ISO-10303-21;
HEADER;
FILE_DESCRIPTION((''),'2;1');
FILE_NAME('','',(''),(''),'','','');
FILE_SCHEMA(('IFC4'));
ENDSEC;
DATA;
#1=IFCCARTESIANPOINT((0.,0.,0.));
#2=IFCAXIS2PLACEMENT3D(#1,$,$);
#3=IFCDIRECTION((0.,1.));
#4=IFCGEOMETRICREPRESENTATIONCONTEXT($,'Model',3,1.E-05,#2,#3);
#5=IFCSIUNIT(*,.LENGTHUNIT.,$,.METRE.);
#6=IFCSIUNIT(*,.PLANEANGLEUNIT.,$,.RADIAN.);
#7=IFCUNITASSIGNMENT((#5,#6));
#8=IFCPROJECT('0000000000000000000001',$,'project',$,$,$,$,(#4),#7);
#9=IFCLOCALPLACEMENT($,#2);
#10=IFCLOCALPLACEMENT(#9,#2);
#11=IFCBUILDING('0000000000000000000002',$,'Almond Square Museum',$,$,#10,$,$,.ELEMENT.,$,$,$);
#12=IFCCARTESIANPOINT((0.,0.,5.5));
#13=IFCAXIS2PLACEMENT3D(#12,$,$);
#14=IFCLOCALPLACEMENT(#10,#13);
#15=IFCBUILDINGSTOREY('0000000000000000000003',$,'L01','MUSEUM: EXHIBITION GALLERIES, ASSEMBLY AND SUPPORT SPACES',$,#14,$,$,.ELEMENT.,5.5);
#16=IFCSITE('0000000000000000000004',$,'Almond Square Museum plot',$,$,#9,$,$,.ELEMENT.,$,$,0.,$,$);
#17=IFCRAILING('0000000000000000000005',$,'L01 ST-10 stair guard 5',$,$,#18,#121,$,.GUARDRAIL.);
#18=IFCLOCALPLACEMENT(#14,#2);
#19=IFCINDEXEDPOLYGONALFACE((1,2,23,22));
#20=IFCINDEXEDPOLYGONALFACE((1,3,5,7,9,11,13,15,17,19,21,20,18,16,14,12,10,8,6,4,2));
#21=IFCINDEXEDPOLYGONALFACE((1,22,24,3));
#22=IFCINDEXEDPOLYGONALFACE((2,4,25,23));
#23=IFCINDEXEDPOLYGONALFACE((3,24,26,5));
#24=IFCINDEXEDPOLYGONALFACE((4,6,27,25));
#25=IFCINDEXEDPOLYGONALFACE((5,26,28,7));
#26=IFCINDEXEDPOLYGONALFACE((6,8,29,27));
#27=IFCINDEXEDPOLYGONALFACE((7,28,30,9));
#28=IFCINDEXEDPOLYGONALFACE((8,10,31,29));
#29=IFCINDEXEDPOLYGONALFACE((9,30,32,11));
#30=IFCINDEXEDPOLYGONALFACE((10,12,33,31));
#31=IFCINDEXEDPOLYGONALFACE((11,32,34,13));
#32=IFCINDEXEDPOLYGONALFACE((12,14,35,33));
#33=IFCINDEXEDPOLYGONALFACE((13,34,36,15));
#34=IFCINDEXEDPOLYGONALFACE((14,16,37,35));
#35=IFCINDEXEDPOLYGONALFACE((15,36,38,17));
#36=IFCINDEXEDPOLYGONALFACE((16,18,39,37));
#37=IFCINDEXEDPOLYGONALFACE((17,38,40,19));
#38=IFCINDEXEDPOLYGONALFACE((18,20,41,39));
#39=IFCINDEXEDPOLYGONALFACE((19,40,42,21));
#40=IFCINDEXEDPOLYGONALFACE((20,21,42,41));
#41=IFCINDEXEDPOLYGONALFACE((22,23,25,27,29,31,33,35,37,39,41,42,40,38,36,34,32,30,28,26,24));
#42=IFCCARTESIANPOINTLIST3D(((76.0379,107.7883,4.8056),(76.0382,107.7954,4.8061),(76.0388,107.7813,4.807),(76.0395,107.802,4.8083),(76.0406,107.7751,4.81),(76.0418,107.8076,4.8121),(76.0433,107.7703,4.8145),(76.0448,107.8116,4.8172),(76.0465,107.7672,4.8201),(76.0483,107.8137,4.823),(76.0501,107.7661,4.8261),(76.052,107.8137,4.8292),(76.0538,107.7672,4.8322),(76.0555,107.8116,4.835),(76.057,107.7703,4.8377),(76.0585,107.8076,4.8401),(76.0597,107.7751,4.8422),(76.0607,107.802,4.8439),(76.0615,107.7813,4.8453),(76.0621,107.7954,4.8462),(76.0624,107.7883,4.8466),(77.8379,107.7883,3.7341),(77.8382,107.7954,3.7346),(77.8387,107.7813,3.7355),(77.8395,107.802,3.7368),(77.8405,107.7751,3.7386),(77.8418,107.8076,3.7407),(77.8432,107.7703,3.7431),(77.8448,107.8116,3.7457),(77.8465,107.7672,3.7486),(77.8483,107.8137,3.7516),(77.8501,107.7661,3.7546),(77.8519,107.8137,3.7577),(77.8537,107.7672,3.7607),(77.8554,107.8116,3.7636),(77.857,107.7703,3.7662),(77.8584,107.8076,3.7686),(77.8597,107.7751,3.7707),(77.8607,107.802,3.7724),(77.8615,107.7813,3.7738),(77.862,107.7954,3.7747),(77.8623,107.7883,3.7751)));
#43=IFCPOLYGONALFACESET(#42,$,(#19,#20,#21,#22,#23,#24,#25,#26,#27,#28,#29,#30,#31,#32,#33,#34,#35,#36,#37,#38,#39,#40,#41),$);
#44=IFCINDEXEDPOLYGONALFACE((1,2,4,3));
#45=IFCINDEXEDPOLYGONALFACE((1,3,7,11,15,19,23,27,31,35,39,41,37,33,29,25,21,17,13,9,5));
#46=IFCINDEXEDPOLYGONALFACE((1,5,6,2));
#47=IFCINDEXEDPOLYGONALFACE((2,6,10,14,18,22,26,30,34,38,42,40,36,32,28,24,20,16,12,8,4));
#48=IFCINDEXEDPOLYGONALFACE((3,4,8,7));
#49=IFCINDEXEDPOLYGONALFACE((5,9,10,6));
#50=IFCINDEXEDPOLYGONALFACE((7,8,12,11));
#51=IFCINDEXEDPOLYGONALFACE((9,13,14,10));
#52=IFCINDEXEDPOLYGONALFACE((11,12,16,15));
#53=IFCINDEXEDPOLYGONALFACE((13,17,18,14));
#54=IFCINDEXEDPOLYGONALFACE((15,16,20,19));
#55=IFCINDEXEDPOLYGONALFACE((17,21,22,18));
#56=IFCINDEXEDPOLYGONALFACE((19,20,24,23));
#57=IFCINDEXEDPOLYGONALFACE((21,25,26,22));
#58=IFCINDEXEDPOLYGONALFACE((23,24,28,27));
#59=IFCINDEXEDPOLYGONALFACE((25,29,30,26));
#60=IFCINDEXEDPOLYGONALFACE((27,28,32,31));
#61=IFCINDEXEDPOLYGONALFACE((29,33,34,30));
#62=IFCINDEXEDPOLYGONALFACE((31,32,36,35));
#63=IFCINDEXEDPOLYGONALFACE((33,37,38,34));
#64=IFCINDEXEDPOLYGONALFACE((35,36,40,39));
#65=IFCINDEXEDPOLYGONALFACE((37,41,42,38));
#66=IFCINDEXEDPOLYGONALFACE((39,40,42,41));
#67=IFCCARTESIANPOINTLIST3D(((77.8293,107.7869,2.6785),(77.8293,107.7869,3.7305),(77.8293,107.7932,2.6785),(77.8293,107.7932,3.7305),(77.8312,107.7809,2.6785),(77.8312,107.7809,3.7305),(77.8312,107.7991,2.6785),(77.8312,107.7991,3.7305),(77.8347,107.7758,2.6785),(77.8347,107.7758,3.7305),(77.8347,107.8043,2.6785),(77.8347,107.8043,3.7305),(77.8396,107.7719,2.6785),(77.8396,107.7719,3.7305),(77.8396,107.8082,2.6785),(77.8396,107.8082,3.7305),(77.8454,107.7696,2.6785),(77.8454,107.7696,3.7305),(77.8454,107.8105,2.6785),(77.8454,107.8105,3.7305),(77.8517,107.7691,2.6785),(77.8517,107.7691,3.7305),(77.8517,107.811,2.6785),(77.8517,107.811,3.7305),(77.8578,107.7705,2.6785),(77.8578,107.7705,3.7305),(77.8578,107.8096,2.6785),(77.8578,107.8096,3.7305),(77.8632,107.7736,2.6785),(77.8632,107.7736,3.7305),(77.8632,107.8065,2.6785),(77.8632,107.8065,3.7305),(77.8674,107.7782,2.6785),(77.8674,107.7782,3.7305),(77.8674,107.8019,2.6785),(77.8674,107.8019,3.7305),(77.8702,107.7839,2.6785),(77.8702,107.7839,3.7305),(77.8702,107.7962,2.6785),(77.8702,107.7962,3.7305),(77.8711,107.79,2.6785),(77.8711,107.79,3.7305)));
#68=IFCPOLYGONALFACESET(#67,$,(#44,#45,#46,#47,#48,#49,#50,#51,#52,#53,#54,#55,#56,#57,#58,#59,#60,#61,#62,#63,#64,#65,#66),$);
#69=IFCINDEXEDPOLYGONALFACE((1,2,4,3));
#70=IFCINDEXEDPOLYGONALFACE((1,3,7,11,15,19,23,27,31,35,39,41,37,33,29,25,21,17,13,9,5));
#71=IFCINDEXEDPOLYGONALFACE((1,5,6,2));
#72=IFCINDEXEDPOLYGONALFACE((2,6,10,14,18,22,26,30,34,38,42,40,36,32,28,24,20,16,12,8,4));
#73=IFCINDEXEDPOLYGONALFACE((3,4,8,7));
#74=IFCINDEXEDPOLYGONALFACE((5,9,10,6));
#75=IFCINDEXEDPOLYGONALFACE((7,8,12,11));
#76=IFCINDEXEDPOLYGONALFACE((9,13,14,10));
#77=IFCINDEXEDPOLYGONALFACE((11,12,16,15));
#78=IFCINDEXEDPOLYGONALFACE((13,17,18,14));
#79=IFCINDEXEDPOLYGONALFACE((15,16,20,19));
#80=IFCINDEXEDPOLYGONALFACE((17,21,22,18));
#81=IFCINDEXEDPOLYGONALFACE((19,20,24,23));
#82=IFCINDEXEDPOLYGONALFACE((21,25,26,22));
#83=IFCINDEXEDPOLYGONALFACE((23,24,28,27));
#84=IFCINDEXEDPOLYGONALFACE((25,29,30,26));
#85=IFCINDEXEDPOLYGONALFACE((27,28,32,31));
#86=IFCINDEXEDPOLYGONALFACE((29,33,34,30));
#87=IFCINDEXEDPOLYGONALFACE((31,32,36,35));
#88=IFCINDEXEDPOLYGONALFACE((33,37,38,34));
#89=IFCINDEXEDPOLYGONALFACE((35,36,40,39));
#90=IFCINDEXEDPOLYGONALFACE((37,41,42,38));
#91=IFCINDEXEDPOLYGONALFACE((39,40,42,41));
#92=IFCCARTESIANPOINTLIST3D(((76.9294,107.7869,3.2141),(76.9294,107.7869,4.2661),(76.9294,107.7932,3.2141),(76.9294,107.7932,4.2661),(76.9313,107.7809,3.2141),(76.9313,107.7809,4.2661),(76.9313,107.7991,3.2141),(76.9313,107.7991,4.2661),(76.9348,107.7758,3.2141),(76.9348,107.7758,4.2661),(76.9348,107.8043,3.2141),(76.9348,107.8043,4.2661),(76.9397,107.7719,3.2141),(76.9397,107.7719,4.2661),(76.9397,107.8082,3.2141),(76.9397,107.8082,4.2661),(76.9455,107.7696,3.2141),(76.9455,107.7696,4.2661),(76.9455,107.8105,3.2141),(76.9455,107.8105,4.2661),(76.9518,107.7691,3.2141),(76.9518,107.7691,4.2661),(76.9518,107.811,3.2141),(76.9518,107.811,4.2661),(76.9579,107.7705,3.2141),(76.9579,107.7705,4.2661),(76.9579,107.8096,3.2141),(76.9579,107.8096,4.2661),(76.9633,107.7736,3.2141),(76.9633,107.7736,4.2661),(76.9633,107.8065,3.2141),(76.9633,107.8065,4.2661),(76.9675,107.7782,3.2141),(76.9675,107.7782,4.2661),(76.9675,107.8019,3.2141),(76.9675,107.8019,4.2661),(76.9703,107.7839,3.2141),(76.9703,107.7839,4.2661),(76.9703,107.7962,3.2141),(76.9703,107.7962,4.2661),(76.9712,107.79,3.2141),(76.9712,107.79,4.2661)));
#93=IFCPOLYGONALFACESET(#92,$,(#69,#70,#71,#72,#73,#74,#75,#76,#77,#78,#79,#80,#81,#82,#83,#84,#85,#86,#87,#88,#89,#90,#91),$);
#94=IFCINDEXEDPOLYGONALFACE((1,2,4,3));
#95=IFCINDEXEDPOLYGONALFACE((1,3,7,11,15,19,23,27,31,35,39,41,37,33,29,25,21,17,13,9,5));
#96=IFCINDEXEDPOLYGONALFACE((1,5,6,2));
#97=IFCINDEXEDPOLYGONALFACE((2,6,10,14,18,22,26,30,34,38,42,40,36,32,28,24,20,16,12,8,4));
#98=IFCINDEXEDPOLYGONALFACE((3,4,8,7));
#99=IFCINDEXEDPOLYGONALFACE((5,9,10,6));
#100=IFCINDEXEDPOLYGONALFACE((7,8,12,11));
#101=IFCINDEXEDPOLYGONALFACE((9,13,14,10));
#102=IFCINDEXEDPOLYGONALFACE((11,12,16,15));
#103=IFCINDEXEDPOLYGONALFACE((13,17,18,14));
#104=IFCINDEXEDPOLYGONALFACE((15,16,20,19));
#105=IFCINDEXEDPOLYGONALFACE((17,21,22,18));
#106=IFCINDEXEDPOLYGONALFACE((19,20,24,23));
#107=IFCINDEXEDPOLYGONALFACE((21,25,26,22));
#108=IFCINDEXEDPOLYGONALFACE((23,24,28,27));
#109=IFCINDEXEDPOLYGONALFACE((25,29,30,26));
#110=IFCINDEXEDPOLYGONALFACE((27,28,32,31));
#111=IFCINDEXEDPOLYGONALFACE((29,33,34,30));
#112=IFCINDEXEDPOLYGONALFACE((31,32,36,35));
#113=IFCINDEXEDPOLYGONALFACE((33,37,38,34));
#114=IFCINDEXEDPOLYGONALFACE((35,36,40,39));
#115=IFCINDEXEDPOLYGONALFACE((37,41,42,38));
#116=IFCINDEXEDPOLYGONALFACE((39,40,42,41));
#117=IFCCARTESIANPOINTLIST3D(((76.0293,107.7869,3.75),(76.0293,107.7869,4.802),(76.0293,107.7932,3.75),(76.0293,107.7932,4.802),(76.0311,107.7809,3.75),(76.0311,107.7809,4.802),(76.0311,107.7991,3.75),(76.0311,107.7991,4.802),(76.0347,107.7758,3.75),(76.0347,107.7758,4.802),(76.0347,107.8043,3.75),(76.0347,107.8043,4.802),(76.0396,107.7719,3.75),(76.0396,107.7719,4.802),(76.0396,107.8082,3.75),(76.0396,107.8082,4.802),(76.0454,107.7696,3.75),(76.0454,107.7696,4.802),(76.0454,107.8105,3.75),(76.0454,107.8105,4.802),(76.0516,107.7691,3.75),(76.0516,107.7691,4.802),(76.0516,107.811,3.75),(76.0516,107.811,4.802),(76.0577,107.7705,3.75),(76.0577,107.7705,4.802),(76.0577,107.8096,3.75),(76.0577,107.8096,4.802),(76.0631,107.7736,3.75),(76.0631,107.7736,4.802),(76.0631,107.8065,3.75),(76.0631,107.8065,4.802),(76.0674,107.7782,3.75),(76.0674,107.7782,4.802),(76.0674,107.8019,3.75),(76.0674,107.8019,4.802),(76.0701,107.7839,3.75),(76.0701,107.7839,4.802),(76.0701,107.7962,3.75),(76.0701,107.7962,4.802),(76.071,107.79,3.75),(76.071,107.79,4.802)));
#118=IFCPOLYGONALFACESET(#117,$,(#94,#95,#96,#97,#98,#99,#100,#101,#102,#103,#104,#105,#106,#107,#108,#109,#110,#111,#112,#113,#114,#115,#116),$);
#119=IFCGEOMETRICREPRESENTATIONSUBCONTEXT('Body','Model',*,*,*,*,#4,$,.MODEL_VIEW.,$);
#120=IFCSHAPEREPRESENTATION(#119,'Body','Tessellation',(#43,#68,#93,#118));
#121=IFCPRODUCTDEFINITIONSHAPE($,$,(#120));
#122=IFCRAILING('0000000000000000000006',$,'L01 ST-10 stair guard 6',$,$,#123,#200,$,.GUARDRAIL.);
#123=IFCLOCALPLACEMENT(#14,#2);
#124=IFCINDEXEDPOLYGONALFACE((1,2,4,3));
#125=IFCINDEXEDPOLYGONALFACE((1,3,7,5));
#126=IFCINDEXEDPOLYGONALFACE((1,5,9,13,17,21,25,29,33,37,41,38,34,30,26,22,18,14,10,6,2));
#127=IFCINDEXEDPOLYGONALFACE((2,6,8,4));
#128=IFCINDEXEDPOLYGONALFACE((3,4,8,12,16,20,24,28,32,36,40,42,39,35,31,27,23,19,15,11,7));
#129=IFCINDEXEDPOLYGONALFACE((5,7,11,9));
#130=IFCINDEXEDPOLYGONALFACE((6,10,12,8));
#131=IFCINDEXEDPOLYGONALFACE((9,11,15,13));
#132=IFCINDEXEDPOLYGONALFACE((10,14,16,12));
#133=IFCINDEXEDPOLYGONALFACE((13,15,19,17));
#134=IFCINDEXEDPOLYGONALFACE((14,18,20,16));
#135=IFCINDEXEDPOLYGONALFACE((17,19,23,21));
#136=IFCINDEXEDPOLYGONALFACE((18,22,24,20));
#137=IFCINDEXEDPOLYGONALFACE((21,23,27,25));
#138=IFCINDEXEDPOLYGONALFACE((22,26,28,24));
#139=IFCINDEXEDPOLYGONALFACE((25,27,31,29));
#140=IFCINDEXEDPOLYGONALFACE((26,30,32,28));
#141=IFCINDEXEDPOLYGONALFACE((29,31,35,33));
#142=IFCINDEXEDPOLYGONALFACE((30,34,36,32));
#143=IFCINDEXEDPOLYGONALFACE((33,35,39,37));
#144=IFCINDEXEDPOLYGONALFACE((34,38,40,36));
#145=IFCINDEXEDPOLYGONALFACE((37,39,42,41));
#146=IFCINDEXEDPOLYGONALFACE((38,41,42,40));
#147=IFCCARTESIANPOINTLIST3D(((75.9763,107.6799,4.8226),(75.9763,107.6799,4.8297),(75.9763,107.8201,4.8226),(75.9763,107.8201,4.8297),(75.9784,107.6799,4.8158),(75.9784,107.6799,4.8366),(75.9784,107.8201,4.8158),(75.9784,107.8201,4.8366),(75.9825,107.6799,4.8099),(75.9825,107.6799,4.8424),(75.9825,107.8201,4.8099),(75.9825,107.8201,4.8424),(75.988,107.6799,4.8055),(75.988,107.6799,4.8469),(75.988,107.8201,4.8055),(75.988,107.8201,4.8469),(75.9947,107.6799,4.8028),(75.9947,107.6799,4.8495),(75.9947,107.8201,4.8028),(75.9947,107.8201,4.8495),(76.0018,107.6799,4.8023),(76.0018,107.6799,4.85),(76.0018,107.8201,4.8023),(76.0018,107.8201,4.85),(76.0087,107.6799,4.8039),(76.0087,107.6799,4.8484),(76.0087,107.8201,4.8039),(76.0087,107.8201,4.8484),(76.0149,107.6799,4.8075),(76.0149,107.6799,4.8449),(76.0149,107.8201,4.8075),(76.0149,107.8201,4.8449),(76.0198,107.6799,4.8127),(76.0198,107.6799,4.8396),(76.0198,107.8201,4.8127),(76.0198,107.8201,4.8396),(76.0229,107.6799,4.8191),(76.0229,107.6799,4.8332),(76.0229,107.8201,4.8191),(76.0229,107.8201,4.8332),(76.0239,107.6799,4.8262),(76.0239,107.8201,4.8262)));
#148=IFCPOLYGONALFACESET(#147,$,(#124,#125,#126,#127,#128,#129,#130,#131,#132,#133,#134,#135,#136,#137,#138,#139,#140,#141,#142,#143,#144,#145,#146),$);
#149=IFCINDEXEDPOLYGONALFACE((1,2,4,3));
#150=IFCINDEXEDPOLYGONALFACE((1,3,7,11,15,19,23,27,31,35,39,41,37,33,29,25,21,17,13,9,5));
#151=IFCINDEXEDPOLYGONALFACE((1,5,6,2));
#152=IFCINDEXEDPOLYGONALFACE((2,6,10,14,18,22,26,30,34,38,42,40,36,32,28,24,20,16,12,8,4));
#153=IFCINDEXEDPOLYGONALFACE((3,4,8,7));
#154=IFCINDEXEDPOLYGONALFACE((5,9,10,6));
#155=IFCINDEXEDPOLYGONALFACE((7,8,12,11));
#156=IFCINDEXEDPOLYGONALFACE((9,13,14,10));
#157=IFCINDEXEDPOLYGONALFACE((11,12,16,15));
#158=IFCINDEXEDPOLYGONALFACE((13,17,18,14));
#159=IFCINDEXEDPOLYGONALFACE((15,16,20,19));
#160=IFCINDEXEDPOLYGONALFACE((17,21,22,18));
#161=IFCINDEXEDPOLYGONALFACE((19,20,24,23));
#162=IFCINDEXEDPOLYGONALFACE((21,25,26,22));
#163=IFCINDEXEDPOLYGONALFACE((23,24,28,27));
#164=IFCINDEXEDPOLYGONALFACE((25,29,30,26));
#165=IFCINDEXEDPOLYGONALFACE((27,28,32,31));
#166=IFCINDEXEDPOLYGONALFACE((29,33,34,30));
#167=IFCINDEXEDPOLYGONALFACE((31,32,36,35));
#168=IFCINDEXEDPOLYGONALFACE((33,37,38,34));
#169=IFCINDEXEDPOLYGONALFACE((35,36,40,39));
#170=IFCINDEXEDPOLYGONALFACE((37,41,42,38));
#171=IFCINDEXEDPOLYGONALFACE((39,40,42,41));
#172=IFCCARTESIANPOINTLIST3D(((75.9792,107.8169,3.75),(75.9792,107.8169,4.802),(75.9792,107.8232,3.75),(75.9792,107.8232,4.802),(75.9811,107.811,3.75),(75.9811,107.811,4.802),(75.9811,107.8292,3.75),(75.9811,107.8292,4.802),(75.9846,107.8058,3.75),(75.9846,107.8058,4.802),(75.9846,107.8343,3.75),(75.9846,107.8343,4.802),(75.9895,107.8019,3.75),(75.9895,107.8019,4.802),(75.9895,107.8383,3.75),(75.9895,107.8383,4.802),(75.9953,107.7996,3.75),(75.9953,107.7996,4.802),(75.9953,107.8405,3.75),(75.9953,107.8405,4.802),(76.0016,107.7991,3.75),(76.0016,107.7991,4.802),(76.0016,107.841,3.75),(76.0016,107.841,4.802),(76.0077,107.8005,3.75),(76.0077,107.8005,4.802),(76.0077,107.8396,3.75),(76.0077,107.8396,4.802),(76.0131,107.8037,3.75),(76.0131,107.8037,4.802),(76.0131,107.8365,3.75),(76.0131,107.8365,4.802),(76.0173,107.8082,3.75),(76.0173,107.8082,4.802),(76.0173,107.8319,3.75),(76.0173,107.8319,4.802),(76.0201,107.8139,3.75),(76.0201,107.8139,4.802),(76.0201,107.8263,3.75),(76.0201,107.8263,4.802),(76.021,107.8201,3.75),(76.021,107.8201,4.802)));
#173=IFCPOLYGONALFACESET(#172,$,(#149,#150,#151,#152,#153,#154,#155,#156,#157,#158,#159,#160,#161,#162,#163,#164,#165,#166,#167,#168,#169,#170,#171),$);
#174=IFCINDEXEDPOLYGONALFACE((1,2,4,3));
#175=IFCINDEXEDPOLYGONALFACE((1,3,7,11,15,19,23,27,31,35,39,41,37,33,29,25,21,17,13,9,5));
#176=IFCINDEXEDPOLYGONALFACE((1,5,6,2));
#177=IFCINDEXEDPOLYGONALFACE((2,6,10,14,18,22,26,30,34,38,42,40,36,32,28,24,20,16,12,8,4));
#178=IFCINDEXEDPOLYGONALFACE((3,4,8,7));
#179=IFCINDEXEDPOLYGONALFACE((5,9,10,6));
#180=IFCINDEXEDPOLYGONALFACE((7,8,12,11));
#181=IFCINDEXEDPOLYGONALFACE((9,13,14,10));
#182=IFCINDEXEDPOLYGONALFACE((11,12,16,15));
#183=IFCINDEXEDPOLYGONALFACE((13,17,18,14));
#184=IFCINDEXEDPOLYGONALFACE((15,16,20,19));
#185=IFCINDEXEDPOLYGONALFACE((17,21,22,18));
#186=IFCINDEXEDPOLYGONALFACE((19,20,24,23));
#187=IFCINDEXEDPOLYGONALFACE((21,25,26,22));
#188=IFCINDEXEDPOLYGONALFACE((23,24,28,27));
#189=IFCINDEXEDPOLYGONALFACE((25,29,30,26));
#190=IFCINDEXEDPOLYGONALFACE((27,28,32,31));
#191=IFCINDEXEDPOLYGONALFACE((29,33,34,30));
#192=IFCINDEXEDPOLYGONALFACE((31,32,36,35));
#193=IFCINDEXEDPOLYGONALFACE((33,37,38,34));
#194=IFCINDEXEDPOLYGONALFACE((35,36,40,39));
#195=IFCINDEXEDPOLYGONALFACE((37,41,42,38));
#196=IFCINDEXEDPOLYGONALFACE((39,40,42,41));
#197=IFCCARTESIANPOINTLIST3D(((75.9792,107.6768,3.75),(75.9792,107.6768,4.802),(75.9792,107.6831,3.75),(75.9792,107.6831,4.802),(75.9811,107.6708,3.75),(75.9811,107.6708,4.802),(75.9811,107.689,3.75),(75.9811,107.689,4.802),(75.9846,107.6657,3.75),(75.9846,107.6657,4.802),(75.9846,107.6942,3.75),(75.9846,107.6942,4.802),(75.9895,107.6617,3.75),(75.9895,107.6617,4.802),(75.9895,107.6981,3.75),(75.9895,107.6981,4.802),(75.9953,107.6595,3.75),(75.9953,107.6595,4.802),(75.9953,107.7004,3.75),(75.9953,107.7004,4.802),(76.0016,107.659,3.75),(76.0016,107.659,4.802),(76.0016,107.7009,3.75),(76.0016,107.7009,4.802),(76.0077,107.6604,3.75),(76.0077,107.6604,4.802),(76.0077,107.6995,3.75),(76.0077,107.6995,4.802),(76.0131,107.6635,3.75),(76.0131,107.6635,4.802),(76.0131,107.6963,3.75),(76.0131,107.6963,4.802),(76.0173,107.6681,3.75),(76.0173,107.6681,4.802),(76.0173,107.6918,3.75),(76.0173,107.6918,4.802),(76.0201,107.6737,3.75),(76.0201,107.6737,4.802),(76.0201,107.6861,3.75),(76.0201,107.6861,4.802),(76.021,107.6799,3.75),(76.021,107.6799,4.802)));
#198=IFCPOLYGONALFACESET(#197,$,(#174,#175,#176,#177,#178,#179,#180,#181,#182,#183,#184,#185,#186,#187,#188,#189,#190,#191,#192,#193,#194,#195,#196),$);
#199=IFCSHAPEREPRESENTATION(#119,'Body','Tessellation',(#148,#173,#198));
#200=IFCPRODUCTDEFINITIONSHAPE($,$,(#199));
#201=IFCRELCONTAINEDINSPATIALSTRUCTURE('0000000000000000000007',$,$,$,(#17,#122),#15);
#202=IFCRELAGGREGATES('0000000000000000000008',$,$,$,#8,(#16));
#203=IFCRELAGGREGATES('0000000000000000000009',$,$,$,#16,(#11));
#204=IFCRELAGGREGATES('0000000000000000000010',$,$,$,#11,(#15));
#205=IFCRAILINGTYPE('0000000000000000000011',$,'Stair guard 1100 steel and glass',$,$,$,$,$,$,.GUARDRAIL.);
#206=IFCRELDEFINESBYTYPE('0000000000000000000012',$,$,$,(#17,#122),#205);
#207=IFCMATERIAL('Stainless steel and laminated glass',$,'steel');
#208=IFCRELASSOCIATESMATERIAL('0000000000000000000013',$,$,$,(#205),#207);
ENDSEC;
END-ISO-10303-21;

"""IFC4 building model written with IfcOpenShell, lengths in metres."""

from ifc_helpers import new_model, si_unit, direction, frame, origin, origin_2d, place, context, subcontext, project, spatial, circle, extrude, material, type_object, element, save


model = new_model("IFC4")

# Units and contexts
model_context = context("Model", 3, precision=1e-05, world=origin(), true_north=direction((0.0, 1.0)))
body_context = subcontext(model_context, "Body", "Model", "MODEL_VIEW")
ifc_project = project(units=[si_unit("LENGTHUNIT", "METRE"), si_unit("PLANEANGLEUNIT", "RADIAN")], contexts=[model_context])

# Site, building, storey
site_placement = place(None, origin())
site = spatial("IfcSite", under=ifc_project, at=site_placement, Name="Almond Square Museum plot", CompositionType="ELEMENT", RefElevation=0.0)
building_placement = place(site_placement, origin())
building = spatial("IfcBuilding", under=site, at=building_placement, Name="Almond Square Museum", CompositionType="ELEMENT")
storey_placement = place(building_placement, frame((0.0, 0.0, 5.5)))
storey = spatial("IfcBuildingStorey", under=building, at=storey_placement, Name="L01", Description="MUSEUM: EXHIBITION GALLERIES, ASSEMBLY AND SUPPORT SPACES", CompositionType="ELEMENT", Elevation=5.5)

# Railings
ifc_material_1 = material(Name="Stainless steel and laminated glass", Category="steel")
railing_type_1 = type_object("IfcRailingType", Name="Stair guard 1100 steel and glass", PredefinedType="GUARDRAIL", material=ifc_material_1)
railing_1_placement = place(storey_placement, frame((77.8501, 107.79, 2.6785)))
element("IfcRailing", 1, at=railing_1_placement, inside=storey, type_object=railing_type_1, Name="L01 ST-10 stair guard 5", PredefinedType="GUARDRAIL", context=body_context, shape_type="SweptSolid", body=[
    extrude(circle(Radius=0.0239, at=origin_2d()), frame((0.0, 0.0, 1.0762), z_axis=(-0.859277, 0.0, 0.51151), x_axis=(0.0, -1.0, 0.0)), (0.0, 0.0, 1.0), 2.0947),
    extrude(circle(Radius=0.021, at=origin_2d()), origin(), (0.0, 0.0, 1.0), 1.052),
    extrude(circle(Radius=0.021, at=origin_2d()), frame((-0.8999, 0.0, 0.5356)), (0.0, 0.0, 1.0), 1.052),
    extrude(circle(Radius=0.021, at=origin_2d()), frame((-1.8, 0.0, 1.0715)), (0.0, 0.0, 1.0), 1.052),
])
railing_2_placement = place(storey_placement, frame((76.0, 107.8201, 3.75)))
element("IfcRailing", 2, at=railing_2_placement, inside=storey, type_object=railing_type_1, Name="L01 ST-10 stair guard 6", PredefinedType="GUARDRAIL", context=body_context, shape_type="SweptSolid", body=[
    extrude(circle(Radius=0.0239, at=origin_2d()), frame((0.0, 0.0, 1.0762), z_axis=(0.0, -1.0, 0.0), x_axis=(1.0, 0.0, 0.0)), (0.0, 0.0, 1.0), 0.1401),
    extrude(circle(Radius=0.021, at=origin_2d()), origin(), (0.0, 0.0, 1.0), 1.052),
    extrude(circle(Radius=0.021, at=origin_2d()), frame((0.0, -0.1401, 0.0)), (0.0, 0.0, 1.0), 1.052),
])

save(model, "model.ifc")
